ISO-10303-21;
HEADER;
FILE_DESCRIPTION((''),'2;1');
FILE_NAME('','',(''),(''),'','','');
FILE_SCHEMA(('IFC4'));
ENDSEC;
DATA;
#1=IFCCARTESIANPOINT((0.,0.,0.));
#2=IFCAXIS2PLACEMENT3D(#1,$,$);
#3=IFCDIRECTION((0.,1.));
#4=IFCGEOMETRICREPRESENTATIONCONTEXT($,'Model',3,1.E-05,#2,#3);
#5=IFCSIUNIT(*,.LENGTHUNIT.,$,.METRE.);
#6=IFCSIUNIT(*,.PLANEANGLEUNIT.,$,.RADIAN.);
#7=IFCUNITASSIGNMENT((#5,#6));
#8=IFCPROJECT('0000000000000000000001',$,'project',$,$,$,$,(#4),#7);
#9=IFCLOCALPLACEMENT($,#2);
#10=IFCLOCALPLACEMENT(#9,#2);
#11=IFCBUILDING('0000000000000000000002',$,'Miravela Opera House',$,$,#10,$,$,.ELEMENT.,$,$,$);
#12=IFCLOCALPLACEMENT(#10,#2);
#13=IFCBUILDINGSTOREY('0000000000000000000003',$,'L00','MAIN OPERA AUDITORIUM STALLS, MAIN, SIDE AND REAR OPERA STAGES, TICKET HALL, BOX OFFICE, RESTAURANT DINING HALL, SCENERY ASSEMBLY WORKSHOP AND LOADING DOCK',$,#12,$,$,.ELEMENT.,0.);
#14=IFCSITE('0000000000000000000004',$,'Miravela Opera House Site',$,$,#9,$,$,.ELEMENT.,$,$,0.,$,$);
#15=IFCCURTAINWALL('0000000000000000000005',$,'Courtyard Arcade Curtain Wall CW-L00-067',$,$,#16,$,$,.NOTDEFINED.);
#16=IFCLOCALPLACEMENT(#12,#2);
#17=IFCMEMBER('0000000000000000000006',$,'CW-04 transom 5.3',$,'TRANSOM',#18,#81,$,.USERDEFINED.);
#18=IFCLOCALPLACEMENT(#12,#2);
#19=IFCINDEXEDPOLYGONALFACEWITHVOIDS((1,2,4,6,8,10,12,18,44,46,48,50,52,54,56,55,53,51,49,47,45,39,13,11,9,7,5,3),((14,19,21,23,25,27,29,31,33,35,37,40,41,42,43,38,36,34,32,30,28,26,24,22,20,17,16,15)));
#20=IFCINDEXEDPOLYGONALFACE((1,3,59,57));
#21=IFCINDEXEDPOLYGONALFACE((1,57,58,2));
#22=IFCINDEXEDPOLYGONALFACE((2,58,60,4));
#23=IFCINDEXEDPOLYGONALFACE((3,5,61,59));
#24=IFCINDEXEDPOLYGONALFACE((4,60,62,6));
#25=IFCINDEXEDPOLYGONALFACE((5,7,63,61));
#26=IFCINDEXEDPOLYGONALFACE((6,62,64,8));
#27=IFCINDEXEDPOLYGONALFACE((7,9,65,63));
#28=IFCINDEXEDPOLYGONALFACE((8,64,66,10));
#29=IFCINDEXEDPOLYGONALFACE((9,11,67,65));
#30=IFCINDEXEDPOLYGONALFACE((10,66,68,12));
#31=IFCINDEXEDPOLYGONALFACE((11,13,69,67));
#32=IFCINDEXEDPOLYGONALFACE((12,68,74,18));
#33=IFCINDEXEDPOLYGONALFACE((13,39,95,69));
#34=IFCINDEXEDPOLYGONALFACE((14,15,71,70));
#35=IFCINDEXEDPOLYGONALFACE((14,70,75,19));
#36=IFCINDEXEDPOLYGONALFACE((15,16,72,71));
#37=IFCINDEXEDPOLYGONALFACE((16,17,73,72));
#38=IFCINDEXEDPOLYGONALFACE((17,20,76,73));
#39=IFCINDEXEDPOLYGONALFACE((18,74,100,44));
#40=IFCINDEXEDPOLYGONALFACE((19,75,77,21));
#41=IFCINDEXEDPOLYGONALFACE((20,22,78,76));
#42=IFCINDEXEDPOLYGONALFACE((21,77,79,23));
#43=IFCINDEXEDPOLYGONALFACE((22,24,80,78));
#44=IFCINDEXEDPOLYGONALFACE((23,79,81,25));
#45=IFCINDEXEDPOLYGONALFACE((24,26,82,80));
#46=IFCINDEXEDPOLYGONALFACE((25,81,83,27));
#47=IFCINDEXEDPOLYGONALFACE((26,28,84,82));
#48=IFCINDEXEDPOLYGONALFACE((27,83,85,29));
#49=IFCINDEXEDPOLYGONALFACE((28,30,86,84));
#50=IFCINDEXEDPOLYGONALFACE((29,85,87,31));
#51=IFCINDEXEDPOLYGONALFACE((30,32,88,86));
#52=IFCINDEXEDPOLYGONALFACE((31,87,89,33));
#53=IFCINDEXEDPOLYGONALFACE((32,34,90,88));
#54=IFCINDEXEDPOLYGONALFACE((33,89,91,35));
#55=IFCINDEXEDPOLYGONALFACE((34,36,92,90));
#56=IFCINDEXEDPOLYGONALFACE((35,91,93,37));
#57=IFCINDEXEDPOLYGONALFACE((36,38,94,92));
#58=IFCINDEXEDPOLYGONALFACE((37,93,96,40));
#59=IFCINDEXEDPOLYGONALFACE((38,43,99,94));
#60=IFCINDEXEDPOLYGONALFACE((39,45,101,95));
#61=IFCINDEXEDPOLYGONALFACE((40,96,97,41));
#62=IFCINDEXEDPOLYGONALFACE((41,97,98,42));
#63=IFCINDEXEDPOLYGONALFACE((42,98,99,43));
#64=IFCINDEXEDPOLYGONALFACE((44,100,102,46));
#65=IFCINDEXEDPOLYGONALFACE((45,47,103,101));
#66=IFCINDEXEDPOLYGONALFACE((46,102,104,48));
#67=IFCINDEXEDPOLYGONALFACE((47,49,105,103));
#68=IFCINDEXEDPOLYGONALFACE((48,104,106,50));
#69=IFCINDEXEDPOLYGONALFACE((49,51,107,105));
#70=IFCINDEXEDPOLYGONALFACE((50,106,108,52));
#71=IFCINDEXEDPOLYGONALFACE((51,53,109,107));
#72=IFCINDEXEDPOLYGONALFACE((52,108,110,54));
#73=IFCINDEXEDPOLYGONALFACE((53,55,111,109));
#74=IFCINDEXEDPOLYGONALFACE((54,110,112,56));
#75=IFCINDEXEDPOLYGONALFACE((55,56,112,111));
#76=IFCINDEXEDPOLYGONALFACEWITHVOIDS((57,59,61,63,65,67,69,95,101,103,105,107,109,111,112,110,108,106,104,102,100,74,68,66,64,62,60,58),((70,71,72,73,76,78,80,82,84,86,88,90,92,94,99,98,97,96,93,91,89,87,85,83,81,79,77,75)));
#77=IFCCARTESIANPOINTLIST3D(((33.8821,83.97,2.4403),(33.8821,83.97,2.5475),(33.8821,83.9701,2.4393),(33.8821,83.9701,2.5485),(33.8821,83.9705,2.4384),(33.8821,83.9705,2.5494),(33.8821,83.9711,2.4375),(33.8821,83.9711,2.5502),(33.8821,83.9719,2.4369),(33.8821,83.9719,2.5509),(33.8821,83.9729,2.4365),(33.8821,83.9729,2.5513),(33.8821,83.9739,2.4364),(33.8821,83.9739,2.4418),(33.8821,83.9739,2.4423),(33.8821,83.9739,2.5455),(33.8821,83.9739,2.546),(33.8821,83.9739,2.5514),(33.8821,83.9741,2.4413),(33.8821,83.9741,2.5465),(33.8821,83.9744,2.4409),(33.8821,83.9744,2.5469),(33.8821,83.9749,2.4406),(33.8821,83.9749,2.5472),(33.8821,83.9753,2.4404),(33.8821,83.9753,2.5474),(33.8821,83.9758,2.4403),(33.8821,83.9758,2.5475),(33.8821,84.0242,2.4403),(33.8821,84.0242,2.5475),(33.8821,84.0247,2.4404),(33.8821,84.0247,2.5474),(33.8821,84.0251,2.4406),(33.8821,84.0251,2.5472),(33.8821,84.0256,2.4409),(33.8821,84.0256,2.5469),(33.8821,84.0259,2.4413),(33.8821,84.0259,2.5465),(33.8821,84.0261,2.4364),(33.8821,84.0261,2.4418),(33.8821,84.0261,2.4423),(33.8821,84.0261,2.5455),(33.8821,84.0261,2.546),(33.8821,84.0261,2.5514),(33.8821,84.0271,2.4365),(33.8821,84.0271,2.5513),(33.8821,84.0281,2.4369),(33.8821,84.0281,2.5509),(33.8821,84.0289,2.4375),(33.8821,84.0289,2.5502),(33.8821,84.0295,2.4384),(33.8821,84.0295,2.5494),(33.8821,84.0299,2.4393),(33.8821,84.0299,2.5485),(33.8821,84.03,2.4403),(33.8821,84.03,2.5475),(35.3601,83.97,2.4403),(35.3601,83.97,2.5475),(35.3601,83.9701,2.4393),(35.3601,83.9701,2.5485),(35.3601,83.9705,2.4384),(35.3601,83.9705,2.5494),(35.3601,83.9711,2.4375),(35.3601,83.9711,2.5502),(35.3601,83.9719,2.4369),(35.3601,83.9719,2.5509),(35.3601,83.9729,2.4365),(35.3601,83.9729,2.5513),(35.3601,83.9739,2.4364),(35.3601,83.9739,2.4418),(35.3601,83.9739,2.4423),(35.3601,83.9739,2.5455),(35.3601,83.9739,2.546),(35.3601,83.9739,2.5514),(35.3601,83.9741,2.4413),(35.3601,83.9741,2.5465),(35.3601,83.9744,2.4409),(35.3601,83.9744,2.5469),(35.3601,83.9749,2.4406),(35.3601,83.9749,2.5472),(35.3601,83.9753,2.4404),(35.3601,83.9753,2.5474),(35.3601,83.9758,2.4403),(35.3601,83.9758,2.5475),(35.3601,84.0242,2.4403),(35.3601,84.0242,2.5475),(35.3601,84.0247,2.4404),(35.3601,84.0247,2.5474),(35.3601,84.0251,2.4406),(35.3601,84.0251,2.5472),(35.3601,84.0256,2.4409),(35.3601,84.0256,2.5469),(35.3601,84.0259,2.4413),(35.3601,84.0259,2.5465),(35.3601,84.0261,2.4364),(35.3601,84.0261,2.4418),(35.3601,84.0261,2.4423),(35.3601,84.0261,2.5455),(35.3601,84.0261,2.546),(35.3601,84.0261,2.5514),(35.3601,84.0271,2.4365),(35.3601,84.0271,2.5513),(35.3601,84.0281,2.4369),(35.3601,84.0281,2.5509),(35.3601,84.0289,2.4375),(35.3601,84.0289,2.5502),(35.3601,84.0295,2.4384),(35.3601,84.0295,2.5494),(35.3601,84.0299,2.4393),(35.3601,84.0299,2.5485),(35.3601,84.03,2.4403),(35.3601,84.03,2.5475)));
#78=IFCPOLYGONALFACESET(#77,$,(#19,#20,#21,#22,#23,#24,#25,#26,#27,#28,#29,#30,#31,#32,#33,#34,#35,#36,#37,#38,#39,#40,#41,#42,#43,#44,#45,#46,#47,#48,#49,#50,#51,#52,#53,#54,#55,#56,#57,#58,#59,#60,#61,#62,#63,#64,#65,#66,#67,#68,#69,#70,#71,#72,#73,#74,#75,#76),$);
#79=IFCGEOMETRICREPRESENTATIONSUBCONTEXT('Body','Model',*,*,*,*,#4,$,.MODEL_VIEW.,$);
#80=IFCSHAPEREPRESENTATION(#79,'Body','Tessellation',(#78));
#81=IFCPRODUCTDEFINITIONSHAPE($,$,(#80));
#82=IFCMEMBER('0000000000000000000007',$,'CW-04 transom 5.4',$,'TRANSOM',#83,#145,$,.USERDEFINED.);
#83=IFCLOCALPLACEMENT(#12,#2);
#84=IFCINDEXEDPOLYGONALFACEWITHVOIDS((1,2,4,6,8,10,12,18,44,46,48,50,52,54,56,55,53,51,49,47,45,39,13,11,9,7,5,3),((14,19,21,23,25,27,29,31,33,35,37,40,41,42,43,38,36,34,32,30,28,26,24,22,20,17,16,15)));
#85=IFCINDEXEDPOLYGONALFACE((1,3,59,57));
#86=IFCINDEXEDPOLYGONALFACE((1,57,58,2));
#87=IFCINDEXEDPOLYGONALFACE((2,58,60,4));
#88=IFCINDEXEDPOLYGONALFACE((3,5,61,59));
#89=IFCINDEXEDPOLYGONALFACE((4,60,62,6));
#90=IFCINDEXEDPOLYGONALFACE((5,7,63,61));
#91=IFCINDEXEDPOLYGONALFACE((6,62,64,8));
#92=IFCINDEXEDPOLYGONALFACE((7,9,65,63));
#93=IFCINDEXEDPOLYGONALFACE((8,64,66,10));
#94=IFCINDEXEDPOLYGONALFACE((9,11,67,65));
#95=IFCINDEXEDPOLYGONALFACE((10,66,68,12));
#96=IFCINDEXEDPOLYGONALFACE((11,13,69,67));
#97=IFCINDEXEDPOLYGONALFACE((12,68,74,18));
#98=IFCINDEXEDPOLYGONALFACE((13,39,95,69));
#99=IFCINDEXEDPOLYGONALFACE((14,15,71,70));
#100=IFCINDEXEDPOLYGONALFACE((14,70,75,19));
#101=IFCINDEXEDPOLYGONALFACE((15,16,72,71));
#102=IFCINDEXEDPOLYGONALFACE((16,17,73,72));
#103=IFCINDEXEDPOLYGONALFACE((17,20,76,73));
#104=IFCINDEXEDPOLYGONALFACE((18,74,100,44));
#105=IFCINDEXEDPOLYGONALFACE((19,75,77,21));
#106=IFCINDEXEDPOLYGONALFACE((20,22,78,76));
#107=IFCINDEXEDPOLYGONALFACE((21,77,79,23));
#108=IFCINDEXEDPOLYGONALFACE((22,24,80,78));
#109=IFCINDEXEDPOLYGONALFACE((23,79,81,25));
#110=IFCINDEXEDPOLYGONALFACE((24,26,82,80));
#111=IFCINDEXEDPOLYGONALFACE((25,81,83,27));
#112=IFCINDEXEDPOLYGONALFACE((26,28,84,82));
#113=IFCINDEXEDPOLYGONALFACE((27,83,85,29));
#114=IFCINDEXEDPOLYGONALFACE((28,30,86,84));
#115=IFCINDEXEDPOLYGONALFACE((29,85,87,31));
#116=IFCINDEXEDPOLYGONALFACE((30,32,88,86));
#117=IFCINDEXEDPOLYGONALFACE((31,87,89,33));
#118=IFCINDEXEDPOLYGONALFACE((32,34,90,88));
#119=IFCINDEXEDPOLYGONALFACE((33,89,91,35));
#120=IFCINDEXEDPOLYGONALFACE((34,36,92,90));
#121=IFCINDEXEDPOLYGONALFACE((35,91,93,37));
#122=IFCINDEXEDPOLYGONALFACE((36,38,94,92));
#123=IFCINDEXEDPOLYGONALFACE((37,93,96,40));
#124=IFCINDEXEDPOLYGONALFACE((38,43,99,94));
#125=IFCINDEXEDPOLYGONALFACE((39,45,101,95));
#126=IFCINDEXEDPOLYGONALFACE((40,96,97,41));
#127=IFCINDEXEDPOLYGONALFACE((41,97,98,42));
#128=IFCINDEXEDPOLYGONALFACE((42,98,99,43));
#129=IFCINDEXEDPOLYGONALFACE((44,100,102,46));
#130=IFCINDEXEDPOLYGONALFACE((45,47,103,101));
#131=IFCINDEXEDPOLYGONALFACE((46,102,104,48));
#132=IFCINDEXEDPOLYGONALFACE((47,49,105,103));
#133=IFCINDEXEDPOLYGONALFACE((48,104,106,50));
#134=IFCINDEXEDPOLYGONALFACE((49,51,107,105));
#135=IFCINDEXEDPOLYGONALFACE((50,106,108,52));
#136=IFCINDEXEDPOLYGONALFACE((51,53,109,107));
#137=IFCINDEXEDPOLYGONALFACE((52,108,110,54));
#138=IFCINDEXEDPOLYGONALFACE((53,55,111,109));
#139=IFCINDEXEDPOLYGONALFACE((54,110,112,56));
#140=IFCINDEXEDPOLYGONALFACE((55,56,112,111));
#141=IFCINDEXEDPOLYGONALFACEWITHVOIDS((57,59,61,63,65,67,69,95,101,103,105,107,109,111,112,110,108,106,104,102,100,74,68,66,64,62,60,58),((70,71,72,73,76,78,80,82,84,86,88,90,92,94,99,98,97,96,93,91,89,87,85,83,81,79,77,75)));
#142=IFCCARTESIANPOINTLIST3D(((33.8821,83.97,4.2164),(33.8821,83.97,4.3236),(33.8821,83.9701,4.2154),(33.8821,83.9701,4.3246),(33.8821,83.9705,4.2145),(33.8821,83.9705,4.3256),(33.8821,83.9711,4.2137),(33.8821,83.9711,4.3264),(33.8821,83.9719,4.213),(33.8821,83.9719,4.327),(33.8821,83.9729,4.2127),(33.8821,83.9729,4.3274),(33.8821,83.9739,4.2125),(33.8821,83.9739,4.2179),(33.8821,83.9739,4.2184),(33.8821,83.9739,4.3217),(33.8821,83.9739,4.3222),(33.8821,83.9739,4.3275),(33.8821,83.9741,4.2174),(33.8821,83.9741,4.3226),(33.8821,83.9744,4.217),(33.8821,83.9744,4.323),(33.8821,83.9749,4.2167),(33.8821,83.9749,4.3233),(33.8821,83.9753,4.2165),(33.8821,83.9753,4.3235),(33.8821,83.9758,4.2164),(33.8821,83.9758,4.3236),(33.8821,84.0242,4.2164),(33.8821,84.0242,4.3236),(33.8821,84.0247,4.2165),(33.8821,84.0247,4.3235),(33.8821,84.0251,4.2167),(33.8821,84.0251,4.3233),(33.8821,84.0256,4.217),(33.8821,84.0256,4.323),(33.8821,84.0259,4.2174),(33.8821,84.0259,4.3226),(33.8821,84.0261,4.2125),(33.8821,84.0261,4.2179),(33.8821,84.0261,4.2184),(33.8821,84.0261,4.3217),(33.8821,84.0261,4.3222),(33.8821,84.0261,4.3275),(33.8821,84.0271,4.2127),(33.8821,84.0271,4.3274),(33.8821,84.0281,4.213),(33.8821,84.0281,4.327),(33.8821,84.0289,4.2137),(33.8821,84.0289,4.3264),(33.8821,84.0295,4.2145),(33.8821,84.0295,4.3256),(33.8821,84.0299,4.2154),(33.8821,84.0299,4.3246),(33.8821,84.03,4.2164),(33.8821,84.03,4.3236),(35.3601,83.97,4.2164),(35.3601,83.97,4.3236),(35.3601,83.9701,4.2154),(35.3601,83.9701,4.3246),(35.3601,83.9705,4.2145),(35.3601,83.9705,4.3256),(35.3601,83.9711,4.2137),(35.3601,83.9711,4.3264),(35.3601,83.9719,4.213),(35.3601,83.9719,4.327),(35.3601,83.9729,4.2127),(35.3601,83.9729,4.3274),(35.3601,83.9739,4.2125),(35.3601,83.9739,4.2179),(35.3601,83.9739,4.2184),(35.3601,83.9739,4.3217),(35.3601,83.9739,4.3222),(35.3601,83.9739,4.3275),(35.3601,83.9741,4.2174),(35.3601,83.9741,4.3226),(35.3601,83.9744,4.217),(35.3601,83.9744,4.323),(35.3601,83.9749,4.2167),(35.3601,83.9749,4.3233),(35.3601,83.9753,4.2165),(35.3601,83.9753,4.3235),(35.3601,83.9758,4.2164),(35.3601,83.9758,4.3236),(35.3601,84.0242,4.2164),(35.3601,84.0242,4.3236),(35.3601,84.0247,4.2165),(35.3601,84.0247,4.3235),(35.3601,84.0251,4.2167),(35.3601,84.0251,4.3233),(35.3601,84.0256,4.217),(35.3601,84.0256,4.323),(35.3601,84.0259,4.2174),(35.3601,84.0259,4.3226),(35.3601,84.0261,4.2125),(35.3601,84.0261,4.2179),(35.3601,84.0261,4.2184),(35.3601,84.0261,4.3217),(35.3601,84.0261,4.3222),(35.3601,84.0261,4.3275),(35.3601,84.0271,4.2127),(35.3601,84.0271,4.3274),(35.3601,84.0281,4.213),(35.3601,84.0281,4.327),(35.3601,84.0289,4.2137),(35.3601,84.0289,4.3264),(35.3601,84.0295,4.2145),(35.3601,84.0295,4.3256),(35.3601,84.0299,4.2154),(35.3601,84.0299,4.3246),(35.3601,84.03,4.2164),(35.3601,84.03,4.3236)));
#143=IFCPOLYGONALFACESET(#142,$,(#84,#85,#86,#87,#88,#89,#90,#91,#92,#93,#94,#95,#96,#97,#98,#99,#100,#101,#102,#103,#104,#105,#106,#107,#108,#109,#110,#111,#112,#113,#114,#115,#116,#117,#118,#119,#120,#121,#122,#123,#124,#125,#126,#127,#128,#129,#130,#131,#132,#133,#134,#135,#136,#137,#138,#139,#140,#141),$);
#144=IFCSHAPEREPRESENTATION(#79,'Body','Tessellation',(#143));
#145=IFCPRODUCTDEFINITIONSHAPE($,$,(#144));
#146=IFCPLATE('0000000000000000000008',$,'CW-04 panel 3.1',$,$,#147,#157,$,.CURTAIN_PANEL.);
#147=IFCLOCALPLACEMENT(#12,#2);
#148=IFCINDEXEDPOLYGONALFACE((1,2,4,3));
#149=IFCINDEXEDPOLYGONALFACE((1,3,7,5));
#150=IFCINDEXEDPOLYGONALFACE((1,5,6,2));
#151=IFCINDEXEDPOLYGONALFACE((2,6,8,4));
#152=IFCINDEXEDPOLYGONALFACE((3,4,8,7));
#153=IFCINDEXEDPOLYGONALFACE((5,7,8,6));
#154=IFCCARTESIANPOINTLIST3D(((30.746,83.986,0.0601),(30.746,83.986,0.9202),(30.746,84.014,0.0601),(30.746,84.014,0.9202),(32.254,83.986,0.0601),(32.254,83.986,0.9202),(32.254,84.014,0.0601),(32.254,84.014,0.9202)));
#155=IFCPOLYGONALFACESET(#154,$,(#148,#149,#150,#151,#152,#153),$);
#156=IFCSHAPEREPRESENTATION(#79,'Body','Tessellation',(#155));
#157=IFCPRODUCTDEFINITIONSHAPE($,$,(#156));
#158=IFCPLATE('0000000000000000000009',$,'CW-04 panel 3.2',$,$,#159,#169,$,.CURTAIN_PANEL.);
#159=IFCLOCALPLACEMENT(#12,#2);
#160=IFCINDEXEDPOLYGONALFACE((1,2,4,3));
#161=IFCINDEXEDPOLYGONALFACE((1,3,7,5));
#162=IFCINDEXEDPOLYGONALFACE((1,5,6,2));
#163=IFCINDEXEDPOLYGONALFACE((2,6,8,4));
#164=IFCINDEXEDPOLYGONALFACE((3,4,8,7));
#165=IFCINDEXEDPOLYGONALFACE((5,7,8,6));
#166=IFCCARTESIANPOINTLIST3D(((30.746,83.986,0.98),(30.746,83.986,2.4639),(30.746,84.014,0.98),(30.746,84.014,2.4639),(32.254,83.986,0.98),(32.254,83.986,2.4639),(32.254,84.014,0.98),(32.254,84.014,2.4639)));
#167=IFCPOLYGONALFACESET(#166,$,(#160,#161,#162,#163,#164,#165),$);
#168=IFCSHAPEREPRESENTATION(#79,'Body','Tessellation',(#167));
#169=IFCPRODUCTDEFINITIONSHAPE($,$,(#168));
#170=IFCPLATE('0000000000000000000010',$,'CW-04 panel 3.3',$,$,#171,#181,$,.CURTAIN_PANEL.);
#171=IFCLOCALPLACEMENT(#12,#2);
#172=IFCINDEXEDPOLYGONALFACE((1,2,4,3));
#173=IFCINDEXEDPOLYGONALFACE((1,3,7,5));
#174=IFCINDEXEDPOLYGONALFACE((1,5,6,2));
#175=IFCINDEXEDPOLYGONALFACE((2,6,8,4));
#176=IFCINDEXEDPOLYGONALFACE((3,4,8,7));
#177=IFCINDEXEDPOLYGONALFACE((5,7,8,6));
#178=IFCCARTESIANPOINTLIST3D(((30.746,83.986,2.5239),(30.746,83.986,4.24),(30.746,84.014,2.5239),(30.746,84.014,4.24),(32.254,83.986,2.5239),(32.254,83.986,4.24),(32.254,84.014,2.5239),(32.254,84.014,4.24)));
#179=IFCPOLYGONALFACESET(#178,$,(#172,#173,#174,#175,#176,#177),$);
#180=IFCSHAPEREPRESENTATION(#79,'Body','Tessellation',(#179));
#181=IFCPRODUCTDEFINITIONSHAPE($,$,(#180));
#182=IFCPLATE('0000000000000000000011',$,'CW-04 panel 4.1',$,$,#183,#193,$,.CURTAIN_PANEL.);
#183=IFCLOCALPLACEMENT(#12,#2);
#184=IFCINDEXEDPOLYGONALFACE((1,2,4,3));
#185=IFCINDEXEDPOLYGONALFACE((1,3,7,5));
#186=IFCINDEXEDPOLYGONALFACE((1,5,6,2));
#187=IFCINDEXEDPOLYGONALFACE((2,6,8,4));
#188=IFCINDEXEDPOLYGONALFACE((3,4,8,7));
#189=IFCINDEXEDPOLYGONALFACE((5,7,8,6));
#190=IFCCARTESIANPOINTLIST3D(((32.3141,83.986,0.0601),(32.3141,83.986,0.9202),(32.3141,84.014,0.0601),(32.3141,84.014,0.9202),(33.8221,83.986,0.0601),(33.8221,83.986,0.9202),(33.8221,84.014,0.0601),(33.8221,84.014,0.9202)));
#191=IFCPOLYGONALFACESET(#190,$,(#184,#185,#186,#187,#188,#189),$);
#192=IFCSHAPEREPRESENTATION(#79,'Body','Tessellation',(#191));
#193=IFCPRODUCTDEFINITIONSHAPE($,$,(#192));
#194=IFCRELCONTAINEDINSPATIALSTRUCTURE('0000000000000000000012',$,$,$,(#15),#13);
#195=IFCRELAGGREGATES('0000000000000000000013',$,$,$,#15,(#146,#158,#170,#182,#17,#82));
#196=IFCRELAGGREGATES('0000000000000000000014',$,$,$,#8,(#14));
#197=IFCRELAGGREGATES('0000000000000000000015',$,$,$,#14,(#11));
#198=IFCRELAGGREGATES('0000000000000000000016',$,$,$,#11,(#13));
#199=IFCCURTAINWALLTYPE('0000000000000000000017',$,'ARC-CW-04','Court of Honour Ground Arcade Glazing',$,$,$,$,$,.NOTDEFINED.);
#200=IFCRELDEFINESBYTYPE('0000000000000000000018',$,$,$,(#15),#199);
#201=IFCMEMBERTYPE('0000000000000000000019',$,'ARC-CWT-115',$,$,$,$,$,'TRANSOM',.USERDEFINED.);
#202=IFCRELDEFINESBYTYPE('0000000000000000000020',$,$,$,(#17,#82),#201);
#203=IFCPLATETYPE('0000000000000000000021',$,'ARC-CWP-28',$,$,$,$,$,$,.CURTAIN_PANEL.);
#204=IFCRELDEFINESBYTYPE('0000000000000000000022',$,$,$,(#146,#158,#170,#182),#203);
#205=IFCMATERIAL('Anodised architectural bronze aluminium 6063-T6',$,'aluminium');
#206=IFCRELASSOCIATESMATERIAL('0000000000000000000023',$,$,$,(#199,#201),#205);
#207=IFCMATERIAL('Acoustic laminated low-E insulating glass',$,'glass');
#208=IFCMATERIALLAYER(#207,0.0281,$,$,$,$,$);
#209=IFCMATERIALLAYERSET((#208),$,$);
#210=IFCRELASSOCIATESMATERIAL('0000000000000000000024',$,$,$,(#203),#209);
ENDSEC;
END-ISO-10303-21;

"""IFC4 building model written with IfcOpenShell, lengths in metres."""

from ifc_helpers import new_model, si_unit, direction, frame, origin, origin_2d, place, context, subcontext, project, spatial, rectangle, hollow_rectangle, extrude, material, layer, layer_set, material_profile, profile_set, type_object, element, aggregate, save


model = new_model("IFC4")

# Units and contexts
model_context = context("Model", 3, precision=1e-05, world=origin(), true_north=direction((0.0, 1.0)))
body_context = subcontext(model_context, "Body", "Model", "MODEL_VIEW")
ifc_project = project(units=[si_unit("LENGTHUNIT", "METRE"), si_unit("PLANEANGLEUNIT", "RADIAN")], contexts=[model_context])

# Site, building, storey
site_placement = place(None, origin())
site = spatial("IfcSite", under=ifc_project, at=site_placement, Name="Miravela Opera House Site", CompositionType="ELEMENT", RefElevation=0.0)
building_placement = place(site_placement, origin())
building = spatial("IfcBuilding", under=site, at=building_placement, Name="Miravela Opera House", CompositionType="ELEMENT")
storey_placement = place(building_placement, origin())
storey = spatial("IfcBuildingStorey", under=building, at=storey_placement, Name="L00", Description="MAIN OPERA AUDITORIUM STALLS, MAIN, SIDE AND REAR OPERA STAGES, TICKET HALL, BOX OFFICE, RESTAURANT DINING HALL, SCENERY ASSEMBLY WORKSHOP AND LOADING DOCK", CompositionType="ELEMENT", Elevation=0.0)

# Curtain wall, members, plates
ifc_material_1 = material(Name="Anodised architectural bronze aluminium 6063-T6", Category="aluminium")
curtain_wall_type = type_object("IfcCurtainWallType", Name="ARC-CW-04", Description="Court of Honour Ground Arcade Glazing", PredefinedType="NOTDEFINED", material=ifc_material_1)
curtain_wall_placement = place(storey_placement, origin())
curtain_wall = element("IfcCurtainWall", 1, at=curtain_wall_placement, inside=storey, type_object=curtain_wall_type, Name="Courtyard Arcade Curtain Wall CW-L00-067", PredefinedType="NOTDEFINED")
ifc_material_profile_1 = material_profile(ifc_material_1, hollow_rectangle(XDim=0.0601, YDim=0.115, WallThickness=0.0039, InnerFilletRadius=0.002, OuterFilletRadius=0.0039, at=origin_2d()), Name="CWT-60X115")
ifc_profile_set_1 = profile_set([ifc_material_profile_1])
member_type_1 = type_object("IfcMemberType", Name="ARC-CWT-115", ElementType="TRANSOM", PredefinedType="USERDEFINED", material=ifc_profile_set_1)
member_1_placement = place(storey_placement, frame((33.8821, 84.0, 2.4939), z_axis=(1.0, 0.0, 0.0), x_axis=(0.0, 1.0, 0.0)))
member_1 = element("IfcMember", 2, at=member_1_placement, type_object=member_type_1, Name="CW-04 transom 5.3", ObjectType="TRANSOM", PredefinedType="USERDEFINED", context=body_context, shape_type="SweptSolid", body=[
    extrude(hollow_rectangle(XDim=0.0601, YDim=0.115, WallThickness=0.0039, InnerFilletRadius=0.002, OuterFilletRadius=0.0039, at=origin_2d()), origin(), (0.0, 0.0, 1.0), 1.478),
])
member_2_placement = place(storey_placement, frame((33.8821, 84.0, 4.27), z_axis=(1.0, 0.0, 0.0), x_axis=(0.0, 1.0, 0.0)))
member_2 = element("IfcMember", 3, at=member_2_placement, type_object=member_type_1, Name="CW-04 transom 5.4", ObjectType="TRANSOM", PredefinedType="USERDEFINED", context=body_context, shape_type="SweptSolid", body=[
    extrude(hollow_rectangle(XDim=0.0601, YDim=0.115, WallThickness=0.0039, InnerFilletRadius=0.002, OuterFilletRadius=0.0039, at=origin_2d()), origin(), (0.0, 0.0, 1.0), 1.478),
])
ifc_material_2 = material(Name="Acoustic laminated low-E insulating glass", Category="glass")
ifc_layer = layer(ifc_material_2, 0.0281)
ifc_layer_set = layer_set([ifc_layer])
plate_type = type_object("IfcPlateType", Name="ARC-CWP-28", PredefinedType="CURTAIN_PANEL", material=ifc_layer_set)
plate_1_placement = place(storey_placement, frame((31.5, 84.0, 0.0601), z_axis=(0.0, 0.0, 1.0), x_axis=(1.0, 0.0, 0.0)))
plate_1 = element("IfcPlate", 4, at=plate_1_placement, type_object=plate_type, Name="CW-04 panel 3.1", PredefinedType="CURTAIN_PANEL", context=body_context, shape_type="SweptSolid", body=[
    extrude(rectangle(XDim=1.5081, YDim=0.0281, at=origin_2d()), origin(), (0.0, 0.0, 1.0), 0.8601),
])
plate_2_placement = place(storey_placement, frame((31.5, 84.0, 0.98), z_axis=(0.0, 0.0, 1.0), x_axis=(1.0, 0.0, 0.0)))
plate_2 = element("IfcPlate", 5, at=plate_2_placement, type_object=plate_type, Name="CW-04 panel 3.2", PredefinedType="CURTAIN_PANEL", context=body_context, shape_type="SweptSolid", body=[
    extrude(rectangle(XDim=1.5081, YDim=0.0281, at=origin_2d()), origin(), (0.0, 0.0, 1.0), 1.4839),
])
plate_3_placement = place(storey_placement, frame((31.5, 84.0, 2.5239), z_axis=(0.0, 0.0, 1.0), x_axis=(1.0, 0.0, 0.0)))
plate_3 = element("IfcPlate", 6, at=plate_3_placement, type_object=plate_type, Name="CW-04 panel 3.3", PredefinedType="CURTAIN_PANEL", context=body_context, shape_type="SweptSolid", body=[
    extrude(rectangle(XDim=1.5081, YDim=0.0281, at=origin_2d()), origin(), (0.0, 0.0, 1.0), 1.7161),
])
plate_4_placement = place(storey_placement, frame((33.0681, 84.0, 0.0601), z_axis=(0.0, 0.0, 1.0), x_axis=(1.0, 0.0, 0.0)))
plate_4 = element("IfcPlate", 7, at=plate_4_placement, type_object=plate_type, Name="CW-04 panel 4.1", PredefinedType="CURTAIN_PANEL", context=body_context, shape_type="SweptSolid", body=[
    extrude(rectangle(XDim=1.5081, YDim=0.0281, at=origin_2d()), origin(), (0.0, 0.0, 1.0), 0.8601),
])
aggregate(curtain_wall, [plate_1, plate_2, plate_3, plate_4, member_1, member_2])

save(model, "model.ifc")
